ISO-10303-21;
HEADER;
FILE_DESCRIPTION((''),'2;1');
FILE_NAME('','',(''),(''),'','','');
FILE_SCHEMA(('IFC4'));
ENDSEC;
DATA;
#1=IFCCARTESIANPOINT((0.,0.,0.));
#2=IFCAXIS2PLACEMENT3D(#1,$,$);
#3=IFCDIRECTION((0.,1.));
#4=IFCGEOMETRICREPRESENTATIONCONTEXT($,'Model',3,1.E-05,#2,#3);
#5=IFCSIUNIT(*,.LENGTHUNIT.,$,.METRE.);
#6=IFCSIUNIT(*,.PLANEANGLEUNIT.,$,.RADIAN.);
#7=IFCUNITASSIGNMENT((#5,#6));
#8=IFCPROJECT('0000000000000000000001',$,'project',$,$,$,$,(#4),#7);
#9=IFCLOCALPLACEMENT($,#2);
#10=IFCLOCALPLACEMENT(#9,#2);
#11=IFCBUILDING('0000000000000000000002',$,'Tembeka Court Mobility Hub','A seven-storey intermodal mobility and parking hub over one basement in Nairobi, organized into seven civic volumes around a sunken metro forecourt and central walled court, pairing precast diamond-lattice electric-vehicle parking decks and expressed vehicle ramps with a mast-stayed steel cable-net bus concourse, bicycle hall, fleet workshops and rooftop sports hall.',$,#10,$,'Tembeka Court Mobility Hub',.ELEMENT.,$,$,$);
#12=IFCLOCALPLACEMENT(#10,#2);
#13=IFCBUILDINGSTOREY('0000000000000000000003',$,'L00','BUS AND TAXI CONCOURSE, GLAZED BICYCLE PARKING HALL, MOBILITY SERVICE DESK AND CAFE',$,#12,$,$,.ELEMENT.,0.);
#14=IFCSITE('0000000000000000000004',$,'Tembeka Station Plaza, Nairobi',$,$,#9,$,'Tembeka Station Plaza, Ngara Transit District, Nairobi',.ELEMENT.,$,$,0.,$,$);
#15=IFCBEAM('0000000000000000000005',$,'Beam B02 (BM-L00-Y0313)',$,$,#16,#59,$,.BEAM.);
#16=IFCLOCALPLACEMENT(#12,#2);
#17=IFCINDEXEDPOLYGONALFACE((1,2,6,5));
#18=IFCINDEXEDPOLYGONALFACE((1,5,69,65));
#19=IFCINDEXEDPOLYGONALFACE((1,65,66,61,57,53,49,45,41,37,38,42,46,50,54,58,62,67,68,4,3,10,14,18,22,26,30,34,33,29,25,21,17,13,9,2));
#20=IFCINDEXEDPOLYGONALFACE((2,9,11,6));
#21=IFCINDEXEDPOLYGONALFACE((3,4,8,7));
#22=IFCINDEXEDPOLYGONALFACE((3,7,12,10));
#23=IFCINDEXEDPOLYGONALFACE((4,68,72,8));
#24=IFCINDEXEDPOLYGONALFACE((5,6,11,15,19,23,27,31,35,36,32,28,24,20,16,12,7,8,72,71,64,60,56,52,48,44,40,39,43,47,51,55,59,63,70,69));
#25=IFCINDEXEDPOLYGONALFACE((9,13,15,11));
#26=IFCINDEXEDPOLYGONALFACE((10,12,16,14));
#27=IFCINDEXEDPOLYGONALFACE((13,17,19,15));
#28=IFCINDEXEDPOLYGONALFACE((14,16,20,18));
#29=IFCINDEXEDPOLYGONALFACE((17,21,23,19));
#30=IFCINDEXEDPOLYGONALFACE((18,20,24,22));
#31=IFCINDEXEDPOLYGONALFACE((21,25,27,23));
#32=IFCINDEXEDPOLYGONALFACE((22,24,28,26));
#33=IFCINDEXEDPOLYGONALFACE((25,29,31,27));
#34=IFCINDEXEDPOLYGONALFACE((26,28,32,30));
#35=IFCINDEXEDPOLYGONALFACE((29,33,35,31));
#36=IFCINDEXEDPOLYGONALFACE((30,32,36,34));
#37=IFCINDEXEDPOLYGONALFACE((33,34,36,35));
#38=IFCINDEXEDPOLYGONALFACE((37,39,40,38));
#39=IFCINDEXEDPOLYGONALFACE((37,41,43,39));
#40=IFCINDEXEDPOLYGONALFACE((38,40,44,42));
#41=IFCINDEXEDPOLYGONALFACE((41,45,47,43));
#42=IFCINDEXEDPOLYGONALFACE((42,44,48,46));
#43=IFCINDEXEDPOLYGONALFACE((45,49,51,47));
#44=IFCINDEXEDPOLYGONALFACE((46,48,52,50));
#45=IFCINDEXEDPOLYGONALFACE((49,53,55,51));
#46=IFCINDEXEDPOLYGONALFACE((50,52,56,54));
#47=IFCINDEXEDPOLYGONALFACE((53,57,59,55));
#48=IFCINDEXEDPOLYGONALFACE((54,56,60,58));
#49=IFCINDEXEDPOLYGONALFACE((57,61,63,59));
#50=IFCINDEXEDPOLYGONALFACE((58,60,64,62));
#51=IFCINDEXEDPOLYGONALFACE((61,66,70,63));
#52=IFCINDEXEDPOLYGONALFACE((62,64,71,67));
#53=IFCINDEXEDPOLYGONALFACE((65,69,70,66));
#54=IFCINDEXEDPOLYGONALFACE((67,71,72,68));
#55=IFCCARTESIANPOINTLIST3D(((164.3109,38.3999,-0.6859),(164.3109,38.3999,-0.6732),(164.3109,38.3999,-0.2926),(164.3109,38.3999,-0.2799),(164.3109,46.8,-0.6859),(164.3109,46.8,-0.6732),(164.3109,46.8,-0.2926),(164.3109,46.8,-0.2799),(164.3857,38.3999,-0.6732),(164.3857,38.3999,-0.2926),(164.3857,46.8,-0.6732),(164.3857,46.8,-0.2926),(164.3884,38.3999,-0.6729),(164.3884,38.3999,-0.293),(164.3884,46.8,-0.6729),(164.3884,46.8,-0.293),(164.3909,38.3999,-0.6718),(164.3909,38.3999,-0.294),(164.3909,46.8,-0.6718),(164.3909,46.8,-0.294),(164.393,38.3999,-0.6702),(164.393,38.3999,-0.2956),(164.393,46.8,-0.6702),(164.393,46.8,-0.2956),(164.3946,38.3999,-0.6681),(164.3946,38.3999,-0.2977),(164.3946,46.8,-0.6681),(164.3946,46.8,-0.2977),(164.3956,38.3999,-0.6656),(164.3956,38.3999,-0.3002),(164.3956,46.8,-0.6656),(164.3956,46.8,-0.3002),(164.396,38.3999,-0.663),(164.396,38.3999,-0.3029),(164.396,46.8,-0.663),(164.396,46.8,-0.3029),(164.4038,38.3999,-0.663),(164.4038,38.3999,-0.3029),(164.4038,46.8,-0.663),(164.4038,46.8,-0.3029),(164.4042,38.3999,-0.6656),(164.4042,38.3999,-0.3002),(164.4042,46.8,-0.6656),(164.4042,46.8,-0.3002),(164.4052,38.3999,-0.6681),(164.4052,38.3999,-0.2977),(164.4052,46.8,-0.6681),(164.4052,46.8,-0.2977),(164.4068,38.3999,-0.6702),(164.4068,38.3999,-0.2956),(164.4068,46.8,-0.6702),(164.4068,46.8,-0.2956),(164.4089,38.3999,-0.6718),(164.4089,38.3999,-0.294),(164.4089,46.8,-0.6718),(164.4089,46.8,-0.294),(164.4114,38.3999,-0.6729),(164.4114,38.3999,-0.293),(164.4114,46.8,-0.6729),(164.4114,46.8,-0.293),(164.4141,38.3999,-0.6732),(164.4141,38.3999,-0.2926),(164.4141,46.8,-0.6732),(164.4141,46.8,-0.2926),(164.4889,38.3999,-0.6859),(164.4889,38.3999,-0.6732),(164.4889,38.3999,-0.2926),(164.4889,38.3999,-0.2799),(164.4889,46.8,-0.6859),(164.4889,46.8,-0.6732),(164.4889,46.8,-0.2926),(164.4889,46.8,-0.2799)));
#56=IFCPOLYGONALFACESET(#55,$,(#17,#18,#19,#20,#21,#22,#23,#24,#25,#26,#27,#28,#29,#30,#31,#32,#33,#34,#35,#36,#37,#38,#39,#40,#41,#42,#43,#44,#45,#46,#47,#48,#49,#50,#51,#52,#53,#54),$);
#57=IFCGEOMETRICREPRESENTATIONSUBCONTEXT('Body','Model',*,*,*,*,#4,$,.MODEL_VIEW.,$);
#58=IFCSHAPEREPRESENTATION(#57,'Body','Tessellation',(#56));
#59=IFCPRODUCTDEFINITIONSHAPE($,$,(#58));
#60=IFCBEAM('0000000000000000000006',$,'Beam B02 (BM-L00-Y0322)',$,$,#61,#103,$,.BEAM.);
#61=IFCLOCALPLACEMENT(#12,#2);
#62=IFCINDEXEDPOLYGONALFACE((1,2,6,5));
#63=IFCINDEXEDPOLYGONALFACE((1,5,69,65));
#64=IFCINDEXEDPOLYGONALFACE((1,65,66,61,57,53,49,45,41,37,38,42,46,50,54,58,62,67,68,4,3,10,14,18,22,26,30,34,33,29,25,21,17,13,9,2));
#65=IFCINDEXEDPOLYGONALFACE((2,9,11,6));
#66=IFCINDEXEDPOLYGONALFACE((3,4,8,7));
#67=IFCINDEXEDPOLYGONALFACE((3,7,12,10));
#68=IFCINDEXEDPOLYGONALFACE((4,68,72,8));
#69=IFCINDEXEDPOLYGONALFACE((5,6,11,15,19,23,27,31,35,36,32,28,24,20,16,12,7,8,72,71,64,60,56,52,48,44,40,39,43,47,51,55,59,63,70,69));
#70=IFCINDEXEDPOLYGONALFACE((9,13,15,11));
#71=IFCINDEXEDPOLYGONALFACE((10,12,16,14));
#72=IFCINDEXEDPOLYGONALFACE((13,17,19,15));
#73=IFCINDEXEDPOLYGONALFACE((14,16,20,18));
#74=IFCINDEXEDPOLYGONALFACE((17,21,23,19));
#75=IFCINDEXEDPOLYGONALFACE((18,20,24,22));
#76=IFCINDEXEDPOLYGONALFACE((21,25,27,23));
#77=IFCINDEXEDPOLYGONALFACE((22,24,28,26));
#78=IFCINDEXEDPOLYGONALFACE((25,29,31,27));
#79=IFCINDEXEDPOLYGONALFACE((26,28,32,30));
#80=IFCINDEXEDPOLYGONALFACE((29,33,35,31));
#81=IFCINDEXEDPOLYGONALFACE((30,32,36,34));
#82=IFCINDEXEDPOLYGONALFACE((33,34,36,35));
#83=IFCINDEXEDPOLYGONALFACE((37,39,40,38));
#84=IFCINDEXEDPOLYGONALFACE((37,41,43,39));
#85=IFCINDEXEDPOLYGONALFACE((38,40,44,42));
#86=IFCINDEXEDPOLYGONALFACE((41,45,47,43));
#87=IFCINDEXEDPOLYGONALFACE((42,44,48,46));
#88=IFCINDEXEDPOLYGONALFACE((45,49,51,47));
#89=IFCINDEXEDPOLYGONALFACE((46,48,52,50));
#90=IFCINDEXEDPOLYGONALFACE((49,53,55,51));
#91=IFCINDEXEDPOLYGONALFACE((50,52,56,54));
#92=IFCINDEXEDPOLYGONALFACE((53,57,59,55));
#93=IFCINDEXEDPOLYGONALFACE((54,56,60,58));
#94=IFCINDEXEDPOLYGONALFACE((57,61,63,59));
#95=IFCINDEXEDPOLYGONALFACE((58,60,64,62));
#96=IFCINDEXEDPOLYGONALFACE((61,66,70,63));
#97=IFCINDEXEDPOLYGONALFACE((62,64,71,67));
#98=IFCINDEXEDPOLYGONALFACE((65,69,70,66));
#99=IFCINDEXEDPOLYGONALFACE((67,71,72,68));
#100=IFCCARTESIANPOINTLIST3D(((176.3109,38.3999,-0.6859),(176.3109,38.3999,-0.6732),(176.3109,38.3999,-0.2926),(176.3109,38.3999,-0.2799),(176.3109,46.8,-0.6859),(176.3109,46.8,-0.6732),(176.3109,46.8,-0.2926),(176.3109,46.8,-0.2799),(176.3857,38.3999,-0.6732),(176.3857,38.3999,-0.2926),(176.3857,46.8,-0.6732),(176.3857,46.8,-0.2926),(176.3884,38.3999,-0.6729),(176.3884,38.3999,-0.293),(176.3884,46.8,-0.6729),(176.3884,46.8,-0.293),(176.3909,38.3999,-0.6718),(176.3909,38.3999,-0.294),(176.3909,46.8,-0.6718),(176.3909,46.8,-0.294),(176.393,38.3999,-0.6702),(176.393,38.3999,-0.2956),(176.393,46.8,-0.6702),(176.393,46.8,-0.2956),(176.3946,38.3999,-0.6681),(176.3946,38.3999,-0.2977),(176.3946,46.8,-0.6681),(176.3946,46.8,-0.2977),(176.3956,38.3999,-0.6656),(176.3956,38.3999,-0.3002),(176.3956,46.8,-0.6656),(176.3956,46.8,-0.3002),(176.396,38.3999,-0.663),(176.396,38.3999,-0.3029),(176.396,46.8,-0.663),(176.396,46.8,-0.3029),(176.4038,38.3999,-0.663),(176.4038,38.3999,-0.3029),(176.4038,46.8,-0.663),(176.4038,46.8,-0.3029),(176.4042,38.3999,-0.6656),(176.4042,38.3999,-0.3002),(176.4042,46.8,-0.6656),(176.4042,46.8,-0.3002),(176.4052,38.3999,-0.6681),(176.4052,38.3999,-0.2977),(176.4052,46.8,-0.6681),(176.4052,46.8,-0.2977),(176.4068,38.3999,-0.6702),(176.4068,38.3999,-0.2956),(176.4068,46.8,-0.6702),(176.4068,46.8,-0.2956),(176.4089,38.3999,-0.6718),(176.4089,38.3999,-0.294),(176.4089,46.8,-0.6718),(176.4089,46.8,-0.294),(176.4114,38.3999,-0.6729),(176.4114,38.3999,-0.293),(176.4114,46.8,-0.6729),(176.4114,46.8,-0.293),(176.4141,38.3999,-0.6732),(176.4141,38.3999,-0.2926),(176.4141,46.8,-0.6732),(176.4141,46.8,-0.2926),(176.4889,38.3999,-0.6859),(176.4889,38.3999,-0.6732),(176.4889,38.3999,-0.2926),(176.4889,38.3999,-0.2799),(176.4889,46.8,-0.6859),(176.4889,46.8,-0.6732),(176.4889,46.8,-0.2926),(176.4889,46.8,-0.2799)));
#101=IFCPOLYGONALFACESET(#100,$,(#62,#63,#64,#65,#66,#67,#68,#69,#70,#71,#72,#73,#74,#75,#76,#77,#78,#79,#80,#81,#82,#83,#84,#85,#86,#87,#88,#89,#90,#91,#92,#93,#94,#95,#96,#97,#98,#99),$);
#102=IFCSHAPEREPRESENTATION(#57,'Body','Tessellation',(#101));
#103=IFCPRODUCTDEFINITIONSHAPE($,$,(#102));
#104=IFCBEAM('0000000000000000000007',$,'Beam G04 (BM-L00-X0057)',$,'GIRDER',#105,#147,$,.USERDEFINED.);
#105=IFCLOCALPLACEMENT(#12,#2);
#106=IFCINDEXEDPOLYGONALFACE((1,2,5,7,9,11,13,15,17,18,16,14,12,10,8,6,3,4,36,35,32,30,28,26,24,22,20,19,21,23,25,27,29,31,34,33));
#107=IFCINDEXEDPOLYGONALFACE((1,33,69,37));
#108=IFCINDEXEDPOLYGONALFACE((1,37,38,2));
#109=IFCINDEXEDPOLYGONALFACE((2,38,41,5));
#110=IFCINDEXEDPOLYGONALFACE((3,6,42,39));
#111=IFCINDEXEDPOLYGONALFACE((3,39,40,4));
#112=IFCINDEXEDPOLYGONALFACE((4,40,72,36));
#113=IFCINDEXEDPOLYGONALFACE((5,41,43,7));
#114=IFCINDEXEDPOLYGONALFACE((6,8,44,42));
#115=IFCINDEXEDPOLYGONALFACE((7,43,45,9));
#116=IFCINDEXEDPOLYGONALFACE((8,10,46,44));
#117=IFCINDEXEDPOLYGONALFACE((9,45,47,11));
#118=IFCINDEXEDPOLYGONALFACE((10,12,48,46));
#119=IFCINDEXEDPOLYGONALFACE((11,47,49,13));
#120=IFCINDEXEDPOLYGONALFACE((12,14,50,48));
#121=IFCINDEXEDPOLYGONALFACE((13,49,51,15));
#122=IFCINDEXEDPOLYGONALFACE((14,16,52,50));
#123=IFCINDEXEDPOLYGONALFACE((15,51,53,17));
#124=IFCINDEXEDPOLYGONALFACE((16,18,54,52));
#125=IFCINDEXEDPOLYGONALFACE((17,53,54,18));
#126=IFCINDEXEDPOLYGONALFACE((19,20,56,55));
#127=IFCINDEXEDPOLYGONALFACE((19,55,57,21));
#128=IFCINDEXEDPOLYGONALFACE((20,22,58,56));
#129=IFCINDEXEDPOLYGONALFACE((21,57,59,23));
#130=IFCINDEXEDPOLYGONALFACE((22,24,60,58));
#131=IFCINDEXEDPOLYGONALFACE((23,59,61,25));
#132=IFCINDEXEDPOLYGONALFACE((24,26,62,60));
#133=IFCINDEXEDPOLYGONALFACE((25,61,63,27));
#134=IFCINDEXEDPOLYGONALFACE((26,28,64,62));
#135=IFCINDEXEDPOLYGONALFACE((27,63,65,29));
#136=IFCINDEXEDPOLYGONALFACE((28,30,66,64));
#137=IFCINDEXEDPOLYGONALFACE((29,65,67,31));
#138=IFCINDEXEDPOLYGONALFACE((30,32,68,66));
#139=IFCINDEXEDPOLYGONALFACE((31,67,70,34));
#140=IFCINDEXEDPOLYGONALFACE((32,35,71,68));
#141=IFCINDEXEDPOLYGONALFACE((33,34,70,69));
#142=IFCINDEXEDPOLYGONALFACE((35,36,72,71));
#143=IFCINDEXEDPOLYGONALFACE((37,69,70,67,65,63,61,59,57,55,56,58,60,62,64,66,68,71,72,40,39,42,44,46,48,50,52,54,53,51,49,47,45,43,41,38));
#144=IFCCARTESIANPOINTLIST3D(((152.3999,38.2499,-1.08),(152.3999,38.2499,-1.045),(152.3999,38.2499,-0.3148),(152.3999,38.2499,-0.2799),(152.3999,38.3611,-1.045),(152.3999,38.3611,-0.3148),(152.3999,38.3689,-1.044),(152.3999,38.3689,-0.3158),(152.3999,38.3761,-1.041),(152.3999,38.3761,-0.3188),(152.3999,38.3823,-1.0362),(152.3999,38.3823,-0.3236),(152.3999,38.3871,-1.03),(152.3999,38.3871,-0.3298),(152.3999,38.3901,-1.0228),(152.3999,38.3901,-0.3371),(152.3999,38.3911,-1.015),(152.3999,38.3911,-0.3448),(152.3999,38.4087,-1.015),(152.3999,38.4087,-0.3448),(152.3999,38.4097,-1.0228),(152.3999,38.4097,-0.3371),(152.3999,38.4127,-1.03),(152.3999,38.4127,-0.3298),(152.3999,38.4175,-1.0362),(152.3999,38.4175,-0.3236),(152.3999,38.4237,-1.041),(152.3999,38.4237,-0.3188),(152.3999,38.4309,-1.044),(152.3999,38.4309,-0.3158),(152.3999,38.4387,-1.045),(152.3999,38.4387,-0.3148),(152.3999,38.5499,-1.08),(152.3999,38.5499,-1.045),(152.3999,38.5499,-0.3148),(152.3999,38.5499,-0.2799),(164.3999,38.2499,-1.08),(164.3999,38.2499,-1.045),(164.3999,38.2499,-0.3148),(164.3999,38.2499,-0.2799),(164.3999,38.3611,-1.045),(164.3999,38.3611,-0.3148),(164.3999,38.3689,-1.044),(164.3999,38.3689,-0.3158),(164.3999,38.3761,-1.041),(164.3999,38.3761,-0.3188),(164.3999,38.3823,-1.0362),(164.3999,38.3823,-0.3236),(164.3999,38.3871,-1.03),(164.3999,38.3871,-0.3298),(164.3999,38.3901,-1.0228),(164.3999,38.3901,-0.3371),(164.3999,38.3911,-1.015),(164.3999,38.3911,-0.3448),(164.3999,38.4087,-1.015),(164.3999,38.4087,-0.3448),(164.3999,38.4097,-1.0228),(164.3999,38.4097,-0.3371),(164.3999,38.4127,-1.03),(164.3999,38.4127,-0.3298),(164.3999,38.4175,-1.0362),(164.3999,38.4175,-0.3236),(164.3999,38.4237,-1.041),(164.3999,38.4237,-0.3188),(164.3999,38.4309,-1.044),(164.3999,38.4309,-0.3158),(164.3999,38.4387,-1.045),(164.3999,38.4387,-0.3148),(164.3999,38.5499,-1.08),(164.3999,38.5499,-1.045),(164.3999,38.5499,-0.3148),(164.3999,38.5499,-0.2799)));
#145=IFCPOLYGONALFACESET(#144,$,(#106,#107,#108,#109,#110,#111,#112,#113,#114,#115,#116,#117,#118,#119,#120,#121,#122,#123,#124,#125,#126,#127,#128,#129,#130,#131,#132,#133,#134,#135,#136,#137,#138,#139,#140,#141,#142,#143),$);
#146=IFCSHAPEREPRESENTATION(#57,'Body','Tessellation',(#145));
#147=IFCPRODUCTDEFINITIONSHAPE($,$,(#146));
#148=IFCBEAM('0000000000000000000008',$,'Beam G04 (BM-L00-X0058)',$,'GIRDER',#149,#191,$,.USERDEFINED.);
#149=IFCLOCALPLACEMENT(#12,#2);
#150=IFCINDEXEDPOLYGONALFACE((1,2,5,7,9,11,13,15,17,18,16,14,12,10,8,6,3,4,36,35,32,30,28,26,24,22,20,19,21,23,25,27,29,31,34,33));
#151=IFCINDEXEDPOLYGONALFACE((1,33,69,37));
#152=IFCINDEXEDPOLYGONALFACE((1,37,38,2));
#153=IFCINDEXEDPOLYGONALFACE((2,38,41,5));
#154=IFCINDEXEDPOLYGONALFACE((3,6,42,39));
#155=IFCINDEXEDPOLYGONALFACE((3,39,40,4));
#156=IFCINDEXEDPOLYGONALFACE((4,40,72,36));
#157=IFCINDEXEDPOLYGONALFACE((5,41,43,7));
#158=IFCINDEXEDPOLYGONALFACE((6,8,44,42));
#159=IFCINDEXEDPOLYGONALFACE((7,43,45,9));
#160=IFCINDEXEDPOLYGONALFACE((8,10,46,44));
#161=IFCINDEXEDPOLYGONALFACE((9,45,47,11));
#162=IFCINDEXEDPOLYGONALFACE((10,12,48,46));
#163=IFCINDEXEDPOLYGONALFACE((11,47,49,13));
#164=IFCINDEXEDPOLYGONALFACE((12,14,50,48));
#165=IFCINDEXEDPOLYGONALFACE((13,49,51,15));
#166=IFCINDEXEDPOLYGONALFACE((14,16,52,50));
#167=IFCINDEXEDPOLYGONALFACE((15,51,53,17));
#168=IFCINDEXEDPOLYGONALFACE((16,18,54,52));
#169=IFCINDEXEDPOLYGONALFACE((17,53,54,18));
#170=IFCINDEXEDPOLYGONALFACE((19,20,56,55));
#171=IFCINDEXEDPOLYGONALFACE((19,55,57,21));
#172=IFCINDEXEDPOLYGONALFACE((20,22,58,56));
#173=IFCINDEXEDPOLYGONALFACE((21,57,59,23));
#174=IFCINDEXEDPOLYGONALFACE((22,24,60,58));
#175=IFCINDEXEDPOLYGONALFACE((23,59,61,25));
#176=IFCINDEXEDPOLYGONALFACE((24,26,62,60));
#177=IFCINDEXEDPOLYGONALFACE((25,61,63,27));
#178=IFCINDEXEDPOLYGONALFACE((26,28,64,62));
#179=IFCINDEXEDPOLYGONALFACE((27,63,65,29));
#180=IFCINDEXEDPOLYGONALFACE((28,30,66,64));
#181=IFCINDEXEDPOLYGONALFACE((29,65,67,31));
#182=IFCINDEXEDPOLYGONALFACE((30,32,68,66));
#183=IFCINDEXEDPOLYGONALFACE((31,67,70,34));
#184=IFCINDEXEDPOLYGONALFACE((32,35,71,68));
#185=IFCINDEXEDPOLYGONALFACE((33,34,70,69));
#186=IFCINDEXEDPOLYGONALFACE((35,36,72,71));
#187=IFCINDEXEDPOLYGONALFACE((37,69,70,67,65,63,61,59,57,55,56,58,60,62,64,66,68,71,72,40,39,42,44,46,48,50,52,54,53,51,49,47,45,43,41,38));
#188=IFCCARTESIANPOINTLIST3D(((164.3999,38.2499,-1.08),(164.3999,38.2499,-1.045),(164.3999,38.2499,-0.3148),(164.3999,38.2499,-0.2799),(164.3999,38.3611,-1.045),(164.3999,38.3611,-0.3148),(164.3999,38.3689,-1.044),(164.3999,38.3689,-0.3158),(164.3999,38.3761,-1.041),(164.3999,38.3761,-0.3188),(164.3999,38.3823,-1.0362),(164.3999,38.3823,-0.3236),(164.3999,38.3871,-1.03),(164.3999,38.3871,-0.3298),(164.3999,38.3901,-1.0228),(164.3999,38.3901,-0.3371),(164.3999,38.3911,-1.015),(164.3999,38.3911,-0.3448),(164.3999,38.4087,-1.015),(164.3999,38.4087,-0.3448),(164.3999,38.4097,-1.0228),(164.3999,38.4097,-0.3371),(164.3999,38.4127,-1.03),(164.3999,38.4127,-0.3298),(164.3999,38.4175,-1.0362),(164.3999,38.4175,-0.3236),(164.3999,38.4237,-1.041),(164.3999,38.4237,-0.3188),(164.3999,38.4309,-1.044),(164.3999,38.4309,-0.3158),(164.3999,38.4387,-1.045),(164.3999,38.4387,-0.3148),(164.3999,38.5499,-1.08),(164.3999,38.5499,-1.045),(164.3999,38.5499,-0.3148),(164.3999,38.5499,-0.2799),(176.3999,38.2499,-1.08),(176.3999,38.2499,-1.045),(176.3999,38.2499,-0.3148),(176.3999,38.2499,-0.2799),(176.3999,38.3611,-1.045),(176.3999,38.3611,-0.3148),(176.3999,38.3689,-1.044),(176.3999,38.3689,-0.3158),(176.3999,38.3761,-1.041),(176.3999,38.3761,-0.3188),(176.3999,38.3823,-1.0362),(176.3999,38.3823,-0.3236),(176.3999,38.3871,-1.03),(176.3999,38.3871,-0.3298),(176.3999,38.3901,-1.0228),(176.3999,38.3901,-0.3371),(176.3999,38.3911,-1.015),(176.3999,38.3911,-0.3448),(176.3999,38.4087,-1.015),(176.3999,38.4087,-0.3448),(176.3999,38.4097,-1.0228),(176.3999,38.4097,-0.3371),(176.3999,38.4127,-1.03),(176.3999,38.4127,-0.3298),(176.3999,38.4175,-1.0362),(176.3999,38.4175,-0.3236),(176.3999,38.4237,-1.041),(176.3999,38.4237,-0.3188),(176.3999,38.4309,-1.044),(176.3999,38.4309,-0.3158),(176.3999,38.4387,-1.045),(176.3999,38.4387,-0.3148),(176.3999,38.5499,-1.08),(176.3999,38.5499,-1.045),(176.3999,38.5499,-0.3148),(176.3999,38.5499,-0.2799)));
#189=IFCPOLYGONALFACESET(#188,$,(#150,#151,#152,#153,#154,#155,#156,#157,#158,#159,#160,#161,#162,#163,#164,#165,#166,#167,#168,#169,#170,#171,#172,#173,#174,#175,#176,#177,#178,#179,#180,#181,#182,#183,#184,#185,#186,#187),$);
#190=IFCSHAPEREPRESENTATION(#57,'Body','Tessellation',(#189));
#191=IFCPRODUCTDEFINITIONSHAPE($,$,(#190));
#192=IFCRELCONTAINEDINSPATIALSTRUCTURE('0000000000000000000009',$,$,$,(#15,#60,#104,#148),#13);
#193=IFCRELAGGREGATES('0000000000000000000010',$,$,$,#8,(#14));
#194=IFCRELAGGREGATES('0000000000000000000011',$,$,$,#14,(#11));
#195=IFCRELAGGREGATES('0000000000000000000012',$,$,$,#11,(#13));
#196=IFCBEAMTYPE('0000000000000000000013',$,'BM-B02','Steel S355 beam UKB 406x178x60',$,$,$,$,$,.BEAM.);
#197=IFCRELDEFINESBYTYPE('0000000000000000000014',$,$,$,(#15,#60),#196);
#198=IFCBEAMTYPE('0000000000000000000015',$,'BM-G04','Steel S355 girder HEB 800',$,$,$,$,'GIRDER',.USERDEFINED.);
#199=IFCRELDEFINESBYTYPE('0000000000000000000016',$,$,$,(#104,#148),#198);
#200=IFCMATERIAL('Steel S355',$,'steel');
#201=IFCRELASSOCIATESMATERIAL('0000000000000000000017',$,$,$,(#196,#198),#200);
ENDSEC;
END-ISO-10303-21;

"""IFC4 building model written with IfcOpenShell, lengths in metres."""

from ifc_helpers import new_model, si_unit, direction, frame, origin, origin_2d, place, context, subcontext, project, spatial, i_section, extrude, material, material_profile, profile_set, type_object, element, save


model = new_model("IFC4")

# Units and contexts
model_context = context("Model", 3, precision=1e-05, world=origin(), true_north=direction((0.0, 1.0)))
body_context = subcontext(model_context, "Body", "Model", "MODEL_VIEW")
ifc_project = project(units=[si_unit("LENGTHUNIT", "METRE"), si_unit("PLANEANGLEUNIT", "RADIAN")], contexts=[model_context])

# Site, building, storey
site_placement = place(None, origin())
site = spatial("IfcSite", under=ifc_project, at=site_placement, Name="Tembeka Station Plaza, Nairobi", LongName="Tembeka Station Plaza, Ngara Transit District, Nairobi", CompositionType="ELEMENT", RefElevation=0.0)
building_placement = place(site_placement, origin())
building = spatial("IfcBuilding", under=site, at=building_placement, Name="Tembeka Court Mobility Hub", Description="A seven-storey intermodal mobility and parking hub over one basement in Nairobi, organized into seven civic volumes around a sunken metro forecourt and central walled court, pairing precast diamond-lattice electric-vehicle parking decks and expressed vehicle ramps with a mast-stayed steel cable-net bus concourse, bicycle hall, fleet workshops and rooftop sports hall.", LongName="Tembeka Court Mobility Hub", CompositionType="ELEMENT")
storey_placement = place(building_placement, origin())
storey = spatial("IfcBuildingStorey", under=building, at=storey_placement, Name="L00", Description="BUS AND TAXI CONCOURSE, GLAZED BICYCLE PARKING HALL, MOBILITY SERVICE DESK AND CAFE", CompositionType="ELEMENT", Elevation=0.0)

# Shared definitions
ifc_material_1 = material(Name="Steel S355", Category="steel")

# Beams
ifc_material_profile_1 = material_profile(ifc_material_1, i_section(OverallWidth=0.178, OverallDepth=0.406, WebThickness=0.0078, FlangeThickness=0.0127, FilletRadius=0.0103, at=origin_2d()), Name="UKB 406x178x60")
ifc_profile_set_1 = profile_set([ifc_material_profile_1], Name="Steel S355")
beam_type_1 = type_object("IfcBeamType", Name="BM-B02", Description="Steel S355 beam UKB 406x178x60", PredefinedType="BEAM", material=ifc_profile_set_1)
for number, where, z_axis, x_axis, name in (
    (1, (164.3999, 38.3999, -0.4829), (0.0, 1.0, 0.0), (-1.0, 0.0, 0.0), "Beam B02 (BM-L00-Y0313)"),
    (2, (176.3999, 38.3999, -0.4829), (0.0, 1.0, 0.0), (-1.0, 0.0, 0.0), "Beam B02 (BM-L00-Y0322)"),
):
    element("IfcBeam", number, at=place(storey_placement, frame(where, z_axis=z_axis, x_axis=x_axis)), inside=storey, type_object=beam_type_1, Name=name, PredefinedType="BEAM", context=body_context, shape_type="SweptSolid", body=[
        extrude(i_section(OverallWidth=0.178, OverallDepth=0.406, WebThickness=0.0078, FlangeThickness=0.0127, FilletRadius=0.0103, at=origin_2d()), origin(), (0.0, 0.0, 1.0), 8.4001),
    ])
ifc_material_profile_2 = material_profile(ifc_material_1, i_section(OverallWidth=0.3, OverallDepth=0.8, WebThickness=0.0176, FlangeThickness=0.0349, FilletRadius=0.03, at=origin_2d()), Name="HEB 800")
ifc_profile_set_2 = profile_set([ifc_material_profile_2], Name="Steel S355")
beam_type_2 = type_object("IfcBeamType", Name="BM-G04", Description="Steel S355 girder HEB 800", ElementType="GIRDER", PredefinedType="USERDEFINED", material=ifc_profile_set_2)
for number, where, z_axis, x_axis, name in (
    (3, (152.3999, 38.3999, -0.6799), (1.0, 0.0, 0.0), (0.0, 1.0, 0.0), "Beam G04 (BM-L00-X0057)"),
    (4, (164.3999, 38.3999, -0.6799), (1.0, 0.0, 0.0), (0.0, 1.0, 0.0), "Beam G04 (BM-L00-X0058)"),
):
    element("IfcBeam", number, at=place(storey_placement, frame(where, z_axis=z_axis, x_axis=x_axis)), inside=storey, type_object=beam_type_2, Name=name, ObjectType="GIRDER", PredefinedType="USERDEFINED", context=body_context, shape_type="SweptSolid", body=[
        extrude(i_section(OverallWidth=0.3, OverallDepth=0.8, WebThickness=0.0176, FlangeThickness=0.0349, FilletRadius=0.03, at=origin_2d()), origin(), (0.0, 0.0, 1.0), 12.0),
    ])

save(model, "model.ifc")
